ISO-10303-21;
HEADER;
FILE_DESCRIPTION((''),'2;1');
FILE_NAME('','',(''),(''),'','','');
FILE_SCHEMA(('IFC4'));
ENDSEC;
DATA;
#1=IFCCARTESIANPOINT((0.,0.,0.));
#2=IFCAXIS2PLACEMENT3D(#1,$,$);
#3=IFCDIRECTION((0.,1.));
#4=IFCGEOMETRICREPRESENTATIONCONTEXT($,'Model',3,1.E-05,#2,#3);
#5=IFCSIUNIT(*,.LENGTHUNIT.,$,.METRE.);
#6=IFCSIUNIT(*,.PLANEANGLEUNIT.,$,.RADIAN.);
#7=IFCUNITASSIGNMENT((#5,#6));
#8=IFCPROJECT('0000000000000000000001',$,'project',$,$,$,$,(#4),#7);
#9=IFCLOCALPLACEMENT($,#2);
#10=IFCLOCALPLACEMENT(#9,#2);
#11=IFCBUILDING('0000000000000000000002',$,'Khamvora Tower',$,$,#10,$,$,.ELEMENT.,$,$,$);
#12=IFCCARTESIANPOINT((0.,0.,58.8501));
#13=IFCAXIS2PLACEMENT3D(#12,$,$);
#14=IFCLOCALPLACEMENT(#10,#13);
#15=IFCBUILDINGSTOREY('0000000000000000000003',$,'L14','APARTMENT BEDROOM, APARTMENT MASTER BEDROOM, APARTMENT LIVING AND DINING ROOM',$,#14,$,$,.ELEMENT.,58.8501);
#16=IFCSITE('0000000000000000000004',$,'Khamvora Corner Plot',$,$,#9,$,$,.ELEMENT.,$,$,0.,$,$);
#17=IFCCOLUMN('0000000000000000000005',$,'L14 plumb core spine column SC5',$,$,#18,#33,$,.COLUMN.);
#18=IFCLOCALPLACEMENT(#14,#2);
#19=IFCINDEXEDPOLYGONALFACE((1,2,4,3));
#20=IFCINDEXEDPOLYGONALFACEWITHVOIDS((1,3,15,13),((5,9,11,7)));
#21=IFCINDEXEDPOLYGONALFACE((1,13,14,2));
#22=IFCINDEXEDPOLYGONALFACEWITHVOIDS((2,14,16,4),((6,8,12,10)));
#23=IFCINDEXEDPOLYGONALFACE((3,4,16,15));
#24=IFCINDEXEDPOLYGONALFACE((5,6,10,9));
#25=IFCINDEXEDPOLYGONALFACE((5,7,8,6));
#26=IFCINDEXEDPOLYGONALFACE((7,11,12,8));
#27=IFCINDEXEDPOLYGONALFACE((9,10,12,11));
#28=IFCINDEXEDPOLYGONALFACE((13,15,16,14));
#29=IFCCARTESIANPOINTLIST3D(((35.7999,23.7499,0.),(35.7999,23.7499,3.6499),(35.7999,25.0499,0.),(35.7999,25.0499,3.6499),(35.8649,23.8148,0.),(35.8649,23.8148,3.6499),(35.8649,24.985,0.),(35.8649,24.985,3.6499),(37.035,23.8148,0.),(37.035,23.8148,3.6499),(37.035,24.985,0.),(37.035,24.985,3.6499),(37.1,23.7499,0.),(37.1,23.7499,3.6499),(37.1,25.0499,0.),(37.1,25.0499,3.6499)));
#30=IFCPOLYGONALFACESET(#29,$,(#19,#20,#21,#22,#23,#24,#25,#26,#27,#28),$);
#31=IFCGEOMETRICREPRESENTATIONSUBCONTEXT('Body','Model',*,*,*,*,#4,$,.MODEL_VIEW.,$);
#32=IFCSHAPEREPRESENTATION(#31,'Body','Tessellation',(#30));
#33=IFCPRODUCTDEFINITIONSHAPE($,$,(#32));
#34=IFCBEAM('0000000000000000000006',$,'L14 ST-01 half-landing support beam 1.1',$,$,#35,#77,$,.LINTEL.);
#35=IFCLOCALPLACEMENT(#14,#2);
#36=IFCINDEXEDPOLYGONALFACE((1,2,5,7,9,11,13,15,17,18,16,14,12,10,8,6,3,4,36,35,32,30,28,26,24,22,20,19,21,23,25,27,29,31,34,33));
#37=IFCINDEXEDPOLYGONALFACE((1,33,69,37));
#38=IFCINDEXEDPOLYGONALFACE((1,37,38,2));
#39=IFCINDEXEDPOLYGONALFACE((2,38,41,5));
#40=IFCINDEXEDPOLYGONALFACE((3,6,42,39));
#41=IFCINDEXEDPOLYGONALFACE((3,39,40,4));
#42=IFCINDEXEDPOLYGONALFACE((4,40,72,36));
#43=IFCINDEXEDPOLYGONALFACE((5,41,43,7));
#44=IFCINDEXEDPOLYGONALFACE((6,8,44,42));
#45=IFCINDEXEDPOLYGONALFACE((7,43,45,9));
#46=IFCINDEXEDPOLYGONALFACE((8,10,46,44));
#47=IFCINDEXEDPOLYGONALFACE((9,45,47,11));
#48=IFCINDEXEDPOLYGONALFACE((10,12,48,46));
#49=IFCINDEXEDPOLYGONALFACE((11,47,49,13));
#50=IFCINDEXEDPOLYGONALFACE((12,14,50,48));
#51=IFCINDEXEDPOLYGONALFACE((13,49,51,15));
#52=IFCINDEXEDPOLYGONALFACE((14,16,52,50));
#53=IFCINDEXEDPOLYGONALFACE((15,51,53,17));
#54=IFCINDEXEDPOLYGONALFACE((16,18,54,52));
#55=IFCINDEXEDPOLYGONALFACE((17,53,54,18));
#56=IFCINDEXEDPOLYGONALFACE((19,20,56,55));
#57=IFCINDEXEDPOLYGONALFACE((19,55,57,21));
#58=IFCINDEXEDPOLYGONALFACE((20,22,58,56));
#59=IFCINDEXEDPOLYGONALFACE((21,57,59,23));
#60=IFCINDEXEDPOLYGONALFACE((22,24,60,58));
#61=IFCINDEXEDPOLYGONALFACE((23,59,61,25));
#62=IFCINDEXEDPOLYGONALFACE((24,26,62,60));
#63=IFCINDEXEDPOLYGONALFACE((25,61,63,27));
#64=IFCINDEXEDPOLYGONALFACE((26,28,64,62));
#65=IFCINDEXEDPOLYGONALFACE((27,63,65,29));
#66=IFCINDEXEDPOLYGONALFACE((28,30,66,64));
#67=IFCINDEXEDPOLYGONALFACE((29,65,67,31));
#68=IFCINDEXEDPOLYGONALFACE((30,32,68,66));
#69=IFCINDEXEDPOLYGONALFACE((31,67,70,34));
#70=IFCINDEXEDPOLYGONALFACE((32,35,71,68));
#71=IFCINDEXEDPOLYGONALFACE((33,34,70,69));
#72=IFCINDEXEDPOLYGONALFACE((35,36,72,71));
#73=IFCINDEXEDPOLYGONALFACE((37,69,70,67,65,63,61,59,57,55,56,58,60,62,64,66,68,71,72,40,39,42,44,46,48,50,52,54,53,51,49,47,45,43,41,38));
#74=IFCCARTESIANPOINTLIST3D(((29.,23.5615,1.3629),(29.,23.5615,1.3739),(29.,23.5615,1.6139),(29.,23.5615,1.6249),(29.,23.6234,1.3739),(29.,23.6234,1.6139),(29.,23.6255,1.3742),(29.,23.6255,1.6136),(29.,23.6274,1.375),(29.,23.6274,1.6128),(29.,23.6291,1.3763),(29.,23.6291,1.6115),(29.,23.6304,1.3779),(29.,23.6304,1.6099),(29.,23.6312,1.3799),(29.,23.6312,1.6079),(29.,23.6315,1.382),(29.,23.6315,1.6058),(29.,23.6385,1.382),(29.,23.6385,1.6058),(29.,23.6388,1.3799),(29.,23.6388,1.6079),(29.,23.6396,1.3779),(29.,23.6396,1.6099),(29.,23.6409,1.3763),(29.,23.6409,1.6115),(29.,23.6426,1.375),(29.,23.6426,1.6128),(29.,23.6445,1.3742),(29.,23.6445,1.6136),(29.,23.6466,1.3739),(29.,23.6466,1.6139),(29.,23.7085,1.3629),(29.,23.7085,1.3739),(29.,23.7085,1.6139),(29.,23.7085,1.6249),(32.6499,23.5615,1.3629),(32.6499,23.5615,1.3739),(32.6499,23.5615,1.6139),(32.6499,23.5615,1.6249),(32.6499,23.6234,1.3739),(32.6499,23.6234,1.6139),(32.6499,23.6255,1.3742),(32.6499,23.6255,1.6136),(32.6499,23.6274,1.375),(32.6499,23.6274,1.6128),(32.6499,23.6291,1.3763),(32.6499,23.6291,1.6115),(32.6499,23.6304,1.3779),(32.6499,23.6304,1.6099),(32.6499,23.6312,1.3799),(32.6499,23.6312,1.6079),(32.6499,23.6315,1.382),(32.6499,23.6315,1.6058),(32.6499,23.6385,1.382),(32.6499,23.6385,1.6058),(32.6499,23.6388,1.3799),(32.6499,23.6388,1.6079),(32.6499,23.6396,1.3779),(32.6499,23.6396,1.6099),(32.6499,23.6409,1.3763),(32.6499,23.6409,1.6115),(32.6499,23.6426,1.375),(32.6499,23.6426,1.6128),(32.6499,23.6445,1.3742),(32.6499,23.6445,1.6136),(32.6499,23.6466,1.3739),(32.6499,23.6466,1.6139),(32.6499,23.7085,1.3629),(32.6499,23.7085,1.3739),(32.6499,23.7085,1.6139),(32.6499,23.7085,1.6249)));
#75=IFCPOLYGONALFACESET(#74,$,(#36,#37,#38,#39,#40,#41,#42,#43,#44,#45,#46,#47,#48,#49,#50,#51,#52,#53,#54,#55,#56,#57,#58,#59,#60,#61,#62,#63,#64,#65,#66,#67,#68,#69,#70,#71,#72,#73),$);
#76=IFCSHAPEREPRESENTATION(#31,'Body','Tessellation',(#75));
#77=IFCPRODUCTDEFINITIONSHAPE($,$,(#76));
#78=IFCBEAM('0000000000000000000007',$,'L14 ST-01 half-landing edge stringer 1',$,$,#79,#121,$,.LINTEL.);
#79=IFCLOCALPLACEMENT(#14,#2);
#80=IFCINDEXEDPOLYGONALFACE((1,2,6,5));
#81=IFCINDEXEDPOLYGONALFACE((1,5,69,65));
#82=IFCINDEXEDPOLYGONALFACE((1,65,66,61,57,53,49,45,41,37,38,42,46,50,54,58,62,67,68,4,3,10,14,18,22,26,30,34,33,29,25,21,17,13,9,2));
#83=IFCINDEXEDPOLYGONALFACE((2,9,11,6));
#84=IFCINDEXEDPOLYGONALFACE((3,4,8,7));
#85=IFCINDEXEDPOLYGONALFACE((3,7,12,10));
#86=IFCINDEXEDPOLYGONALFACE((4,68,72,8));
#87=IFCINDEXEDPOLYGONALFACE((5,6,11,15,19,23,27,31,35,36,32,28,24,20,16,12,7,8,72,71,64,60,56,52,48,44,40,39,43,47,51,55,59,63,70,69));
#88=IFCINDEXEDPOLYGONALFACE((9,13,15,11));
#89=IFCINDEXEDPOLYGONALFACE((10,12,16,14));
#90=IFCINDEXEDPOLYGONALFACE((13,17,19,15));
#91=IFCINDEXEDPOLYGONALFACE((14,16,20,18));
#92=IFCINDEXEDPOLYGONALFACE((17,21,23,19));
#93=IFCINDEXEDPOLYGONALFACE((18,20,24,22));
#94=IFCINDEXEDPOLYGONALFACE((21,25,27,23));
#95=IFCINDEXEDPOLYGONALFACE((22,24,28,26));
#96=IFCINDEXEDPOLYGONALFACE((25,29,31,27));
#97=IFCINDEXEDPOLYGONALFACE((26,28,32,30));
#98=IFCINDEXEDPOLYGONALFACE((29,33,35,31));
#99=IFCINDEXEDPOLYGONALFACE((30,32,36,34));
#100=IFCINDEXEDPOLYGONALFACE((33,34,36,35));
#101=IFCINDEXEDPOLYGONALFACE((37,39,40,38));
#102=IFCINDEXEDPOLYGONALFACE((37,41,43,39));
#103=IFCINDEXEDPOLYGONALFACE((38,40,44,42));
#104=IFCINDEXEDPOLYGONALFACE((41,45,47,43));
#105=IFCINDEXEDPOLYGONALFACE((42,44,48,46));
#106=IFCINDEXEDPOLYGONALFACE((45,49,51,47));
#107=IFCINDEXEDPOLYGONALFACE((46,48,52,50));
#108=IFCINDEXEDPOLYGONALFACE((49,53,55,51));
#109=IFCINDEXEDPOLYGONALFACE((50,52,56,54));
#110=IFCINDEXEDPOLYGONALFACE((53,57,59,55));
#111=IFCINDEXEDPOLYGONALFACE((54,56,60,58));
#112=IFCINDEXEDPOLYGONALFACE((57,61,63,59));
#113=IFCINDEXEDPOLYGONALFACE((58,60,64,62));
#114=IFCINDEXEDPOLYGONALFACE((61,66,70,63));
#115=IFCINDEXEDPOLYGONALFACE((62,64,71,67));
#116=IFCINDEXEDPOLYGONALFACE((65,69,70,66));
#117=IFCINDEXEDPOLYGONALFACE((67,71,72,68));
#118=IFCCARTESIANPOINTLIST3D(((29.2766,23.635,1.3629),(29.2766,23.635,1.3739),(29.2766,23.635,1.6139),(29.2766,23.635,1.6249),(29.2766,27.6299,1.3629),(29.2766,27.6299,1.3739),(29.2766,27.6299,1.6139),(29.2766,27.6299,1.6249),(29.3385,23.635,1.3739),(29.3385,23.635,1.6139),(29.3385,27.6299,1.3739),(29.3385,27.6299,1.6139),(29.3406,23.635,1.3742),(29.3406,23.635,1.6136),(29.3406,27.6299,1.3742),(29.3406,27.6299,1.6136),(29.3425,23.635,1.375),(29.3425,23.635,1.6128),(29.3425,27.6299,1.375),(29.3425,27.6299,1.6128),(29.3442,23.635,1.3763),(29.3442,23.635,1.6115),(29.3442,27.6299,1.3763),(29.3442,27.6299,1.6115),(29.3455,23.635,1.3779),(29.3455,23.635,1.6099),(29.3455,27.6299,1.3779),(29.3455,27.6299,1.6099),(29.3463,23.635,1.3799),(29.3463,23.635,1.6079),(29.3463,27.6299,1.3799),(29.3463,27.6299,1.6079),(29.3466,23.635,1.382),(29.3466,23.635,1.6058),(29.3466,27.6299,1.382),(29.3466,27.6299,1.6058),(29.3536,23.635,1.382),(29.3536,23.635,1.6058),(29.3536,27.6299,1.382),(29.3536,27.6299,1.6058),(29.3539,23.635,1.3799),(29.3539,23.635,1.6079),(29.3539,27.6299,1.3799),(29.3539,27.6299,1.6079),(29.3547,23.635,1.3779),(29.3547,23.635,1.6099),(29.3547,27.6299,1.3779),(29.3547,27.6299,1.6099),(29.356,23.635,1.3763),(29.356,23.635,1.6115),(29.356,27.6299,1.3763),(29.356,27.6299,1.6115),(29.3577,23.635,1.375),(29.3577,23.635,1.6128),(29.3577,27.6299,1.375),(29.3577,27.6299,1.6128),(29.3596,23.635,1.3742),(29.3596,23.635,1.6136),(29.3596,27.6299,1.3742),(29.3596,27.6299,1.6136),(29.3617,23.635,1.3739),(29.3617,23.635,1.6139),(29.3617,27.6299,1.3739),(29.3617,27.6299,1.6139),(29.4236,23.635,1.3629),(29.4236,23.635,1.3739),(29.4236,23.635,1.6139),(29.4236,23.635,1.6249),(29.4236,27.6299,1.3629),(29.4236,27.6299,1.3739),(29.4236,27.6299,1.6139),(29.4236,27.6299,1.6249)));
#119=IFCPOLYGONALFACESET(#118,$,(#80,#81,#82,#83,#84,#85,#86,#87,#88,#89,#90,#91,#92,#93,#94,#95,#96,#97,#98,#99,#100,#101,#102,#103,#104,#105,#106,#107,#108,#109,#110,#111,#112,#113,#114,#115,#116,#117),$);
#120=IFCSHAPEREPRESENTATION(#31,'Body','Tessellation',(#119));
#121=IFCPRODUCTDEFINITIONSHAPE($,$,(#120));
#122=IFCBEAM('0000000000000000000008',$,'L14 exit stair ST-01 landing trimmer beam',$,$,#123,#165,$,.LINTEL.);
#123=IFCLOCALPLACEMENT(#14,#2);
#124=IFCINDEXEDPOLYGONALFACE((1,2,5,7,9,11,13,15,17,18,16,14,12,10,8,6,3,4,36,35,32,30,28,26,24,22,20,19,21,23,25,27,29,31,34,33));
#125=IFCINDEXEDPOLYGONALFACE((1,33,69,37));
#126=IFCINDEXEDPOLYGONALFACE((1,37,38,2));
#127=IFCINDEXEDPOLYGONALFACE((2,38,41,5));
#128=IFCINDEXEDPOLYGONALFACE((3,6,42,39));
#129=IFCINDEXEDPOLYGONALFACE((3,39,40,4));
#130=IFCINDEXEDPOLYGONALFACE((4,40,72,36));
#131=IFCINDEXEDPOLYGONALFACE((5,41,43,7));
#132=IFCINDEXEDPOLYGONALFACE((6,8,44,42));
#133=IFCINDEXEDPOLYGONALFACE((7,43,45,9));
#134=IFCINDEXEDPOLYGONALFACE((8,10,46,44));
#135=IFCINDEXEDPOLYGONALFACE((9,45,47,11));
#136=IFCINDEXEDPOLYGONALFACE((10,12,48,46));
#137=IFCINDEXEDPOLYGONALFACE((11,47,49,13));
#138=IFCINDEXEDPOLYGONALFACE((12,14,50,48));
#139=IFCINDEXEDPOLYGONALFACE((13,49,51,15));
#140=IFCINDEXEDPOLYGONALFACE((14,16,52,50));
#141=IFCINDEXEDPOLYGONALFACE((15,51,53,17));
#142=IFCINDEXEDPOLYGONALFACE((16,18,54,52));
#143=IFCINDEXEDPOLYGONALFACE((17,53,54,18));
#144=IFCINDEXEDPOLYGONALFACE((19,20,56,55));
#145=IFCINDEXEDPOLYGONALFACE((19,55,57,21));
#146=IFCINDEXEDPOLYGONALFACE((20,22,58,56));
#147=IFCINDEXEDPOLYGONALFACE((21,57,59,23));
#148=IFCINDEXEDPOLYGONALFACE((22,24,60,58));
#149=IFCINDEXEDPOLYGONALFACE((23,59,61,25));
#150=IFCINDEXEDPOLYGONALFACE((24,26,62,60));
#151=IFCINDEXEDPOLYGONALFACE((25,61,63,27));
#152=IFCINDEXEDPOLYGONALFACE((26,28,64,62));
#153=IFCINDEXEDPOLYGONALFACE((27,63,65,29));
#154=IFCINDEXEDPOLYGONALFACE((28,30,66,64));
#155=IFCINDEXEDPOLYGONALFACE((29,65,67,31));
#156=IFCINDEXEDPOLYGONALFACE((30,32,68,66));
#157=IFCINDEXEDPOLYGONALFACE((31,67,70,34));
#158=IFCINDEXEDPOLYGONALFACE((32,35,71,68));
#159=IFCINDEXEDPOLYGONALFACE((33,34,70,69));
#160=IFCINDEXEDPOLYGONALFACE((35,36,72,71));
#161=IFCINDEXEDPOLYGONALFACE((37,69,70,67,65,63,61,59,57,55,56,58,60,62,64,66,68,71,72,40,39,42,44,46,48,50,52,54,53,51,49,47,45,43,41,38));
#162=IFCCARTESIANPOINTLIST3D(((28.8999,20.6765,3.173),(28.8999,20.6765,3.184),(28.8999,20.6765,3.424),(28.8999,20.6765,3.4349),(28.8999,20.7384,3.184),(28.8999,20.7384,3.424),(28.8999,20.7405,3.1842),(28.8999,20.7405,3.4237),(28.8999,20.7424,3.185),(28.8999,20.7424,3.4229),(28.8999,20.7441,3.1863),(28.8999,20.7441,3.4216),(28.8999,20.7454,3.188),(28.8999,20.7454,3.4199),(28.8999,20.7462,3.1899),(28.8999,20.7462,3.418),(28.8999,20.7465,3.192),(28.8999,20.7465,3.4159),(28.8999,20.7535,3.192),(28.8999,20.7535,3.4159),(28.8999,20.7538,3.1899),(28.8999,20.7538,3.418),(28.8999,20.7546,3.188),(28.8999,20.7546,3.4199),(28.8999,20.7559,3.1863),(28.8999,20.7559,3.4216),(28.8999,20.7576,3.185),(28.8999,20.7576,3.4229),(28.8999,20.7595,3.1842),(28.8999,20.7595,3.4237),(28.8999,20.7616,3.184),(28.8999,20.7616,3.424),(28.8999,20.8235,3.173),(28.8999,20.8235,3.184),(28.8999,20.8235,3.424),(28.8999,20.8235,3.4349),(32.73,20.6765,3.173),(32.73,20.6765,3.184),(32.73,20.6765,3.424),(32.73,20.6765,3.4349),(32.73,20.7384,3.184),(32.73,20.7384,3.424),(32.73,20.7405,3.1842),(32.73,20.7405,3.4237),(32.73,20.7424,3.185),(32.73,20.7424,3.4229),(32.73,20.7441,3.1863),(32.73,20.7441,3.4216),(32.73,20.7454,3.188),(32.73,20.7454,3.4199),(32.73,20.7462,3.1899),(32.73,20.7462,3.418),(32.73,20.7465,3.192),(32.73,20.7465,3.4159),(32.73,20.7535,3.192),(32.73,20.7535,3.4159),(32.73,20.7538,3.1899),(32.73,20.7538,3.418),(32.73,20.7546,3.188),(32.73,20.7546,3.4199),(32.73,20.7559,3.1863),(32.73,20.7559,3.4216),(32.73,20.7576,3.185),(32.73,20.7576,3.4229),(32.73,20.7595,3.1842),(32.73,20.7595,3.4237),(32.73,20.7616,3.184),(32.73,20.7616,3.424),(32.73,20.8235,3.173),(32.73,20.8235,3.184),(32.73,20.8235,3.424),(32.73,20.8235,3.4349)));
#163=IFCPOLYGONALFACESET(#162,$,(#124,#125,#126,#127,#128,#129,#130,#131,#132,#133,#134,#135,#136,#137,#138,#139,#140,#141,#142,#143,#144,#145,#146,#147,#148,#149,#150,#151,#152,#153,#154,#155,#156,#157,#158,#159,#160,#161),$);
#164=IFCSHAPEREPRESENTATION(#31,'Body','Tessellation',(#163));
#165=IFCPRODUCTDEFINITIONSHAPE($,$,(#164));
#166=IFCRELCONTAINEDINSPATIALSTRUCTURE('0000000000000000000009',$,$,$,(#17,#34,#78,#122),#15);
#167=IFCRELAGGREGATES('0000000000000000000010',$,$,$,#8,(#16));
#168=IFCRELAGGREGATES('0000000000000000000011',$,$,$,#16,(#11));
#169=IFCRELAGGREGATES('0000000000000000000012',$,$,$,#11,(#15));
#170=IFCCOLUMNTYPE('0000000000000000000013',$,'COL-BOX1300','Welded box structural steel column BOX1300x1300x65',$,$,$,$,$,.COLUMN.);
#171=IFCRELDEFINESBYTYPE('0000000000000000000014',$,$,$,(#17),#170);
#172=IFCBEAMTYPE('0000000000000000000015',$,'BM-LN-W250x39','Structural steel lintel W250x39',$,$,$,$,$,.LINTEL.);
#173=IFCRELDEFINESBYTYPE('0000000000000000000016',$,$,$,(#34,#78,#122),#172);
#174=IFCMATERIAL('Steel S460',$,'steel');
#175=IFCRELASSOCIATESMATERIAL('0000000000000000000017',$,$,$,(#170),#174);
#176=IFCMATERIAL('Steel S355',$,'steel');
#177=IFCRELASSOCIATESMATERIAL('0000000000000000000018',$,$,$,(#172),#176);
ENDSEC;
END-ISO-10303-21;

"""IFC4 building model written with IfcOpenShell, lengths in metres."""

from ifc_helpers import new_model, si_unit, direction, frame, origin, origin_2d, place, context, subcontext, project, spatial, hollow_rectangle, i_section, extrude, material, material_profile, profile_set, type_object, element, save


model = new_model("IFC4")

# Units and contexts
model_context = context("Model", 3, precision=1e-05, world=origin(), true_north=direction((0.0, 1.0)))
body_context = subcontext(model_context, "Body", "Model", "MODEL_VIEW")
ifc_project = project(units=[si_unit("LENGTHUNIT", "METRE"), si_unit("PLANEANGLEUNIT", "RADIAN")], contexts=[model_context])

# Site, building, storey
site_placement = place(None, origin())
site = spatial("IfcSite", under=ifc_project, at=site_placement, Name="Khamvora Corner Plot", CompositionType="ELEMENT", RefElevation=0.0)
building_placement = place(site_placement, origin())
building = spatial("IfcBuilding", under=site, at=building_placement, Name="Khamvora Tower", CompositionType="ELEMENT")
storey_placement = place(building_placement, frame((0.0, 0.0, 58.8501)))
storey = spatial("IfcBuildingStorey", under=building, at=storey_placement, Name="L14", Description="APARTMENT BEDROOM, APARTMENT MASTER BEDROOM, APARTMENT LIVING AND DINING ROOM", CompositionType="ELEMENT", Elevation=58.8501)

# Column
ifc_material_1 = material(Name="Steel S460", Category="steel")
ifc_material_profile_1 = material_profile(ifc_material_1, hollow_rectangle(XDim=1.3, YDim=1.3, WallThickness=0.0649, at=origin_2d()), Name="BOX1300x1300x65")
ifc_profile_set_1 = profile_set([ifc_material_profile_1], Name="Steel S460")
column_type = type_object("IfcColumnType", Name="COL-BOX1300", Description="Welded box structural steel column BOX1300x1300x65", PredefinedType="COLUMN", material=ifc_profile_set_1)
column_placement = place(storey_placement, frame((36.45, 24.3999, 0.0), z_axis=(0.0, 0.0, 1.0), x_axis=(1.0, 0.0, 0.0)))
element("IfcColumn", 1, at=column_placement, inside=storey, type_object=column_type, Name="L14 plumb core spine column SC5", PredefinedType="COLUMN", context=body_context, shape_type="SweptSolid", body=[
    extrude(hollow_rectangle(XDim=1.3, YDim=1.3, WallThickness=0.0649, at=origin_2d()), origin(), (0.0, 0.0, 1.0), 3.6499),
])

# Beams
ifc_material_2 = material(Name="Steel S355", Category="steel")
ifc_material_profile_2 = material_profile(ifc_material_2, i_section(OverallWidth=0.147, OverallDepth=0.262, WebThickness=0.0071, FlangeThickness=0.011, FilletRadius=0.0081, at=origin_2d()), Name="W250x39")
ifc_profile_set_2 = profile_set([ifc_material_profile_2], Name="Steel S355")
beam_type_1 = type_object("IfcBeamType", Name="BM-LN-W250x39", Description="Structural steel lintel W250x39", PredefinedType="LINTEL", material=ifc_profile_set_2)
beam_1_placement = place(storey_placement, frame((29.0, 23.635, 1.4939), z_axis=(1.0, 0.0, 0.0), x_axis=(0.0, 1.0, 0.0)))
element("IfcBeam", 2, at=beam_1_placement, inside=storey, type_object=beam_type_1, Name="L14 ST-01 half-landing support beam 1.1", PredefinedType="LINTEL", context=body_context, shape_type="SweptSolid", body=[
    extrude(i_section(OverallWidth=0.147, OverallDepth=0.262, WebThickness=0.0071, FlangeThickness=0.011, FilletRadius=0.0081, at=origin_2d()), origin(), (0.0, 0.0, 1.0), 3.6499),
])
beam_2_placement = place(storey_placement, frame((29.3501, 23.635, 1.4939), z_axis=(0.0, 1.0, 0.0), x_axis=(-1.0, 0.0, 0.0)))
element("IfcBeam", 3, at=beam_2_placement, inside=storey, type_object=beam_type_1, Name="L14 ST-01 half-landing edge stringer 1", PredefinedType="LINTEL", context=body_context, shape_type="SweptSolid", body=[
    extrude(i_section(OverallWidth=0.147, OverallDepth=0.262, WebThickness=0.0071, FlangeThickness=0.011, FilletRadius=0.0081, at=origin_2d()), origin(), (0.0, 0.0, 1.0), 3.9949),
])
beam_3_placement = place(storey_placement, frame((28.8999, 20.75, 3.304), z_axis=(1.0, 0.0, 0.0), x_axis=(0.0, 1.0, 0.0)))
element("IfcBeam", 4, at=beam_3_placement, inside=storey, type_object=beam_type_1, Name="L14 exit stair ST-01 landing trimmer beam", PredefinedType="LINTEL", context=body_context, shape_type="SweptSolid", body=[
    extrude(i_section(OverallWidth=0.147, OverallDepth=0.262, WebThickness=0.0071, FlangeThickness=0.011, FilletRadius=0.0081, at=origin_2d()), origin(), (0.0, 0.0, 1.0), 3.8301),
])

save(model, "model.ifc")
